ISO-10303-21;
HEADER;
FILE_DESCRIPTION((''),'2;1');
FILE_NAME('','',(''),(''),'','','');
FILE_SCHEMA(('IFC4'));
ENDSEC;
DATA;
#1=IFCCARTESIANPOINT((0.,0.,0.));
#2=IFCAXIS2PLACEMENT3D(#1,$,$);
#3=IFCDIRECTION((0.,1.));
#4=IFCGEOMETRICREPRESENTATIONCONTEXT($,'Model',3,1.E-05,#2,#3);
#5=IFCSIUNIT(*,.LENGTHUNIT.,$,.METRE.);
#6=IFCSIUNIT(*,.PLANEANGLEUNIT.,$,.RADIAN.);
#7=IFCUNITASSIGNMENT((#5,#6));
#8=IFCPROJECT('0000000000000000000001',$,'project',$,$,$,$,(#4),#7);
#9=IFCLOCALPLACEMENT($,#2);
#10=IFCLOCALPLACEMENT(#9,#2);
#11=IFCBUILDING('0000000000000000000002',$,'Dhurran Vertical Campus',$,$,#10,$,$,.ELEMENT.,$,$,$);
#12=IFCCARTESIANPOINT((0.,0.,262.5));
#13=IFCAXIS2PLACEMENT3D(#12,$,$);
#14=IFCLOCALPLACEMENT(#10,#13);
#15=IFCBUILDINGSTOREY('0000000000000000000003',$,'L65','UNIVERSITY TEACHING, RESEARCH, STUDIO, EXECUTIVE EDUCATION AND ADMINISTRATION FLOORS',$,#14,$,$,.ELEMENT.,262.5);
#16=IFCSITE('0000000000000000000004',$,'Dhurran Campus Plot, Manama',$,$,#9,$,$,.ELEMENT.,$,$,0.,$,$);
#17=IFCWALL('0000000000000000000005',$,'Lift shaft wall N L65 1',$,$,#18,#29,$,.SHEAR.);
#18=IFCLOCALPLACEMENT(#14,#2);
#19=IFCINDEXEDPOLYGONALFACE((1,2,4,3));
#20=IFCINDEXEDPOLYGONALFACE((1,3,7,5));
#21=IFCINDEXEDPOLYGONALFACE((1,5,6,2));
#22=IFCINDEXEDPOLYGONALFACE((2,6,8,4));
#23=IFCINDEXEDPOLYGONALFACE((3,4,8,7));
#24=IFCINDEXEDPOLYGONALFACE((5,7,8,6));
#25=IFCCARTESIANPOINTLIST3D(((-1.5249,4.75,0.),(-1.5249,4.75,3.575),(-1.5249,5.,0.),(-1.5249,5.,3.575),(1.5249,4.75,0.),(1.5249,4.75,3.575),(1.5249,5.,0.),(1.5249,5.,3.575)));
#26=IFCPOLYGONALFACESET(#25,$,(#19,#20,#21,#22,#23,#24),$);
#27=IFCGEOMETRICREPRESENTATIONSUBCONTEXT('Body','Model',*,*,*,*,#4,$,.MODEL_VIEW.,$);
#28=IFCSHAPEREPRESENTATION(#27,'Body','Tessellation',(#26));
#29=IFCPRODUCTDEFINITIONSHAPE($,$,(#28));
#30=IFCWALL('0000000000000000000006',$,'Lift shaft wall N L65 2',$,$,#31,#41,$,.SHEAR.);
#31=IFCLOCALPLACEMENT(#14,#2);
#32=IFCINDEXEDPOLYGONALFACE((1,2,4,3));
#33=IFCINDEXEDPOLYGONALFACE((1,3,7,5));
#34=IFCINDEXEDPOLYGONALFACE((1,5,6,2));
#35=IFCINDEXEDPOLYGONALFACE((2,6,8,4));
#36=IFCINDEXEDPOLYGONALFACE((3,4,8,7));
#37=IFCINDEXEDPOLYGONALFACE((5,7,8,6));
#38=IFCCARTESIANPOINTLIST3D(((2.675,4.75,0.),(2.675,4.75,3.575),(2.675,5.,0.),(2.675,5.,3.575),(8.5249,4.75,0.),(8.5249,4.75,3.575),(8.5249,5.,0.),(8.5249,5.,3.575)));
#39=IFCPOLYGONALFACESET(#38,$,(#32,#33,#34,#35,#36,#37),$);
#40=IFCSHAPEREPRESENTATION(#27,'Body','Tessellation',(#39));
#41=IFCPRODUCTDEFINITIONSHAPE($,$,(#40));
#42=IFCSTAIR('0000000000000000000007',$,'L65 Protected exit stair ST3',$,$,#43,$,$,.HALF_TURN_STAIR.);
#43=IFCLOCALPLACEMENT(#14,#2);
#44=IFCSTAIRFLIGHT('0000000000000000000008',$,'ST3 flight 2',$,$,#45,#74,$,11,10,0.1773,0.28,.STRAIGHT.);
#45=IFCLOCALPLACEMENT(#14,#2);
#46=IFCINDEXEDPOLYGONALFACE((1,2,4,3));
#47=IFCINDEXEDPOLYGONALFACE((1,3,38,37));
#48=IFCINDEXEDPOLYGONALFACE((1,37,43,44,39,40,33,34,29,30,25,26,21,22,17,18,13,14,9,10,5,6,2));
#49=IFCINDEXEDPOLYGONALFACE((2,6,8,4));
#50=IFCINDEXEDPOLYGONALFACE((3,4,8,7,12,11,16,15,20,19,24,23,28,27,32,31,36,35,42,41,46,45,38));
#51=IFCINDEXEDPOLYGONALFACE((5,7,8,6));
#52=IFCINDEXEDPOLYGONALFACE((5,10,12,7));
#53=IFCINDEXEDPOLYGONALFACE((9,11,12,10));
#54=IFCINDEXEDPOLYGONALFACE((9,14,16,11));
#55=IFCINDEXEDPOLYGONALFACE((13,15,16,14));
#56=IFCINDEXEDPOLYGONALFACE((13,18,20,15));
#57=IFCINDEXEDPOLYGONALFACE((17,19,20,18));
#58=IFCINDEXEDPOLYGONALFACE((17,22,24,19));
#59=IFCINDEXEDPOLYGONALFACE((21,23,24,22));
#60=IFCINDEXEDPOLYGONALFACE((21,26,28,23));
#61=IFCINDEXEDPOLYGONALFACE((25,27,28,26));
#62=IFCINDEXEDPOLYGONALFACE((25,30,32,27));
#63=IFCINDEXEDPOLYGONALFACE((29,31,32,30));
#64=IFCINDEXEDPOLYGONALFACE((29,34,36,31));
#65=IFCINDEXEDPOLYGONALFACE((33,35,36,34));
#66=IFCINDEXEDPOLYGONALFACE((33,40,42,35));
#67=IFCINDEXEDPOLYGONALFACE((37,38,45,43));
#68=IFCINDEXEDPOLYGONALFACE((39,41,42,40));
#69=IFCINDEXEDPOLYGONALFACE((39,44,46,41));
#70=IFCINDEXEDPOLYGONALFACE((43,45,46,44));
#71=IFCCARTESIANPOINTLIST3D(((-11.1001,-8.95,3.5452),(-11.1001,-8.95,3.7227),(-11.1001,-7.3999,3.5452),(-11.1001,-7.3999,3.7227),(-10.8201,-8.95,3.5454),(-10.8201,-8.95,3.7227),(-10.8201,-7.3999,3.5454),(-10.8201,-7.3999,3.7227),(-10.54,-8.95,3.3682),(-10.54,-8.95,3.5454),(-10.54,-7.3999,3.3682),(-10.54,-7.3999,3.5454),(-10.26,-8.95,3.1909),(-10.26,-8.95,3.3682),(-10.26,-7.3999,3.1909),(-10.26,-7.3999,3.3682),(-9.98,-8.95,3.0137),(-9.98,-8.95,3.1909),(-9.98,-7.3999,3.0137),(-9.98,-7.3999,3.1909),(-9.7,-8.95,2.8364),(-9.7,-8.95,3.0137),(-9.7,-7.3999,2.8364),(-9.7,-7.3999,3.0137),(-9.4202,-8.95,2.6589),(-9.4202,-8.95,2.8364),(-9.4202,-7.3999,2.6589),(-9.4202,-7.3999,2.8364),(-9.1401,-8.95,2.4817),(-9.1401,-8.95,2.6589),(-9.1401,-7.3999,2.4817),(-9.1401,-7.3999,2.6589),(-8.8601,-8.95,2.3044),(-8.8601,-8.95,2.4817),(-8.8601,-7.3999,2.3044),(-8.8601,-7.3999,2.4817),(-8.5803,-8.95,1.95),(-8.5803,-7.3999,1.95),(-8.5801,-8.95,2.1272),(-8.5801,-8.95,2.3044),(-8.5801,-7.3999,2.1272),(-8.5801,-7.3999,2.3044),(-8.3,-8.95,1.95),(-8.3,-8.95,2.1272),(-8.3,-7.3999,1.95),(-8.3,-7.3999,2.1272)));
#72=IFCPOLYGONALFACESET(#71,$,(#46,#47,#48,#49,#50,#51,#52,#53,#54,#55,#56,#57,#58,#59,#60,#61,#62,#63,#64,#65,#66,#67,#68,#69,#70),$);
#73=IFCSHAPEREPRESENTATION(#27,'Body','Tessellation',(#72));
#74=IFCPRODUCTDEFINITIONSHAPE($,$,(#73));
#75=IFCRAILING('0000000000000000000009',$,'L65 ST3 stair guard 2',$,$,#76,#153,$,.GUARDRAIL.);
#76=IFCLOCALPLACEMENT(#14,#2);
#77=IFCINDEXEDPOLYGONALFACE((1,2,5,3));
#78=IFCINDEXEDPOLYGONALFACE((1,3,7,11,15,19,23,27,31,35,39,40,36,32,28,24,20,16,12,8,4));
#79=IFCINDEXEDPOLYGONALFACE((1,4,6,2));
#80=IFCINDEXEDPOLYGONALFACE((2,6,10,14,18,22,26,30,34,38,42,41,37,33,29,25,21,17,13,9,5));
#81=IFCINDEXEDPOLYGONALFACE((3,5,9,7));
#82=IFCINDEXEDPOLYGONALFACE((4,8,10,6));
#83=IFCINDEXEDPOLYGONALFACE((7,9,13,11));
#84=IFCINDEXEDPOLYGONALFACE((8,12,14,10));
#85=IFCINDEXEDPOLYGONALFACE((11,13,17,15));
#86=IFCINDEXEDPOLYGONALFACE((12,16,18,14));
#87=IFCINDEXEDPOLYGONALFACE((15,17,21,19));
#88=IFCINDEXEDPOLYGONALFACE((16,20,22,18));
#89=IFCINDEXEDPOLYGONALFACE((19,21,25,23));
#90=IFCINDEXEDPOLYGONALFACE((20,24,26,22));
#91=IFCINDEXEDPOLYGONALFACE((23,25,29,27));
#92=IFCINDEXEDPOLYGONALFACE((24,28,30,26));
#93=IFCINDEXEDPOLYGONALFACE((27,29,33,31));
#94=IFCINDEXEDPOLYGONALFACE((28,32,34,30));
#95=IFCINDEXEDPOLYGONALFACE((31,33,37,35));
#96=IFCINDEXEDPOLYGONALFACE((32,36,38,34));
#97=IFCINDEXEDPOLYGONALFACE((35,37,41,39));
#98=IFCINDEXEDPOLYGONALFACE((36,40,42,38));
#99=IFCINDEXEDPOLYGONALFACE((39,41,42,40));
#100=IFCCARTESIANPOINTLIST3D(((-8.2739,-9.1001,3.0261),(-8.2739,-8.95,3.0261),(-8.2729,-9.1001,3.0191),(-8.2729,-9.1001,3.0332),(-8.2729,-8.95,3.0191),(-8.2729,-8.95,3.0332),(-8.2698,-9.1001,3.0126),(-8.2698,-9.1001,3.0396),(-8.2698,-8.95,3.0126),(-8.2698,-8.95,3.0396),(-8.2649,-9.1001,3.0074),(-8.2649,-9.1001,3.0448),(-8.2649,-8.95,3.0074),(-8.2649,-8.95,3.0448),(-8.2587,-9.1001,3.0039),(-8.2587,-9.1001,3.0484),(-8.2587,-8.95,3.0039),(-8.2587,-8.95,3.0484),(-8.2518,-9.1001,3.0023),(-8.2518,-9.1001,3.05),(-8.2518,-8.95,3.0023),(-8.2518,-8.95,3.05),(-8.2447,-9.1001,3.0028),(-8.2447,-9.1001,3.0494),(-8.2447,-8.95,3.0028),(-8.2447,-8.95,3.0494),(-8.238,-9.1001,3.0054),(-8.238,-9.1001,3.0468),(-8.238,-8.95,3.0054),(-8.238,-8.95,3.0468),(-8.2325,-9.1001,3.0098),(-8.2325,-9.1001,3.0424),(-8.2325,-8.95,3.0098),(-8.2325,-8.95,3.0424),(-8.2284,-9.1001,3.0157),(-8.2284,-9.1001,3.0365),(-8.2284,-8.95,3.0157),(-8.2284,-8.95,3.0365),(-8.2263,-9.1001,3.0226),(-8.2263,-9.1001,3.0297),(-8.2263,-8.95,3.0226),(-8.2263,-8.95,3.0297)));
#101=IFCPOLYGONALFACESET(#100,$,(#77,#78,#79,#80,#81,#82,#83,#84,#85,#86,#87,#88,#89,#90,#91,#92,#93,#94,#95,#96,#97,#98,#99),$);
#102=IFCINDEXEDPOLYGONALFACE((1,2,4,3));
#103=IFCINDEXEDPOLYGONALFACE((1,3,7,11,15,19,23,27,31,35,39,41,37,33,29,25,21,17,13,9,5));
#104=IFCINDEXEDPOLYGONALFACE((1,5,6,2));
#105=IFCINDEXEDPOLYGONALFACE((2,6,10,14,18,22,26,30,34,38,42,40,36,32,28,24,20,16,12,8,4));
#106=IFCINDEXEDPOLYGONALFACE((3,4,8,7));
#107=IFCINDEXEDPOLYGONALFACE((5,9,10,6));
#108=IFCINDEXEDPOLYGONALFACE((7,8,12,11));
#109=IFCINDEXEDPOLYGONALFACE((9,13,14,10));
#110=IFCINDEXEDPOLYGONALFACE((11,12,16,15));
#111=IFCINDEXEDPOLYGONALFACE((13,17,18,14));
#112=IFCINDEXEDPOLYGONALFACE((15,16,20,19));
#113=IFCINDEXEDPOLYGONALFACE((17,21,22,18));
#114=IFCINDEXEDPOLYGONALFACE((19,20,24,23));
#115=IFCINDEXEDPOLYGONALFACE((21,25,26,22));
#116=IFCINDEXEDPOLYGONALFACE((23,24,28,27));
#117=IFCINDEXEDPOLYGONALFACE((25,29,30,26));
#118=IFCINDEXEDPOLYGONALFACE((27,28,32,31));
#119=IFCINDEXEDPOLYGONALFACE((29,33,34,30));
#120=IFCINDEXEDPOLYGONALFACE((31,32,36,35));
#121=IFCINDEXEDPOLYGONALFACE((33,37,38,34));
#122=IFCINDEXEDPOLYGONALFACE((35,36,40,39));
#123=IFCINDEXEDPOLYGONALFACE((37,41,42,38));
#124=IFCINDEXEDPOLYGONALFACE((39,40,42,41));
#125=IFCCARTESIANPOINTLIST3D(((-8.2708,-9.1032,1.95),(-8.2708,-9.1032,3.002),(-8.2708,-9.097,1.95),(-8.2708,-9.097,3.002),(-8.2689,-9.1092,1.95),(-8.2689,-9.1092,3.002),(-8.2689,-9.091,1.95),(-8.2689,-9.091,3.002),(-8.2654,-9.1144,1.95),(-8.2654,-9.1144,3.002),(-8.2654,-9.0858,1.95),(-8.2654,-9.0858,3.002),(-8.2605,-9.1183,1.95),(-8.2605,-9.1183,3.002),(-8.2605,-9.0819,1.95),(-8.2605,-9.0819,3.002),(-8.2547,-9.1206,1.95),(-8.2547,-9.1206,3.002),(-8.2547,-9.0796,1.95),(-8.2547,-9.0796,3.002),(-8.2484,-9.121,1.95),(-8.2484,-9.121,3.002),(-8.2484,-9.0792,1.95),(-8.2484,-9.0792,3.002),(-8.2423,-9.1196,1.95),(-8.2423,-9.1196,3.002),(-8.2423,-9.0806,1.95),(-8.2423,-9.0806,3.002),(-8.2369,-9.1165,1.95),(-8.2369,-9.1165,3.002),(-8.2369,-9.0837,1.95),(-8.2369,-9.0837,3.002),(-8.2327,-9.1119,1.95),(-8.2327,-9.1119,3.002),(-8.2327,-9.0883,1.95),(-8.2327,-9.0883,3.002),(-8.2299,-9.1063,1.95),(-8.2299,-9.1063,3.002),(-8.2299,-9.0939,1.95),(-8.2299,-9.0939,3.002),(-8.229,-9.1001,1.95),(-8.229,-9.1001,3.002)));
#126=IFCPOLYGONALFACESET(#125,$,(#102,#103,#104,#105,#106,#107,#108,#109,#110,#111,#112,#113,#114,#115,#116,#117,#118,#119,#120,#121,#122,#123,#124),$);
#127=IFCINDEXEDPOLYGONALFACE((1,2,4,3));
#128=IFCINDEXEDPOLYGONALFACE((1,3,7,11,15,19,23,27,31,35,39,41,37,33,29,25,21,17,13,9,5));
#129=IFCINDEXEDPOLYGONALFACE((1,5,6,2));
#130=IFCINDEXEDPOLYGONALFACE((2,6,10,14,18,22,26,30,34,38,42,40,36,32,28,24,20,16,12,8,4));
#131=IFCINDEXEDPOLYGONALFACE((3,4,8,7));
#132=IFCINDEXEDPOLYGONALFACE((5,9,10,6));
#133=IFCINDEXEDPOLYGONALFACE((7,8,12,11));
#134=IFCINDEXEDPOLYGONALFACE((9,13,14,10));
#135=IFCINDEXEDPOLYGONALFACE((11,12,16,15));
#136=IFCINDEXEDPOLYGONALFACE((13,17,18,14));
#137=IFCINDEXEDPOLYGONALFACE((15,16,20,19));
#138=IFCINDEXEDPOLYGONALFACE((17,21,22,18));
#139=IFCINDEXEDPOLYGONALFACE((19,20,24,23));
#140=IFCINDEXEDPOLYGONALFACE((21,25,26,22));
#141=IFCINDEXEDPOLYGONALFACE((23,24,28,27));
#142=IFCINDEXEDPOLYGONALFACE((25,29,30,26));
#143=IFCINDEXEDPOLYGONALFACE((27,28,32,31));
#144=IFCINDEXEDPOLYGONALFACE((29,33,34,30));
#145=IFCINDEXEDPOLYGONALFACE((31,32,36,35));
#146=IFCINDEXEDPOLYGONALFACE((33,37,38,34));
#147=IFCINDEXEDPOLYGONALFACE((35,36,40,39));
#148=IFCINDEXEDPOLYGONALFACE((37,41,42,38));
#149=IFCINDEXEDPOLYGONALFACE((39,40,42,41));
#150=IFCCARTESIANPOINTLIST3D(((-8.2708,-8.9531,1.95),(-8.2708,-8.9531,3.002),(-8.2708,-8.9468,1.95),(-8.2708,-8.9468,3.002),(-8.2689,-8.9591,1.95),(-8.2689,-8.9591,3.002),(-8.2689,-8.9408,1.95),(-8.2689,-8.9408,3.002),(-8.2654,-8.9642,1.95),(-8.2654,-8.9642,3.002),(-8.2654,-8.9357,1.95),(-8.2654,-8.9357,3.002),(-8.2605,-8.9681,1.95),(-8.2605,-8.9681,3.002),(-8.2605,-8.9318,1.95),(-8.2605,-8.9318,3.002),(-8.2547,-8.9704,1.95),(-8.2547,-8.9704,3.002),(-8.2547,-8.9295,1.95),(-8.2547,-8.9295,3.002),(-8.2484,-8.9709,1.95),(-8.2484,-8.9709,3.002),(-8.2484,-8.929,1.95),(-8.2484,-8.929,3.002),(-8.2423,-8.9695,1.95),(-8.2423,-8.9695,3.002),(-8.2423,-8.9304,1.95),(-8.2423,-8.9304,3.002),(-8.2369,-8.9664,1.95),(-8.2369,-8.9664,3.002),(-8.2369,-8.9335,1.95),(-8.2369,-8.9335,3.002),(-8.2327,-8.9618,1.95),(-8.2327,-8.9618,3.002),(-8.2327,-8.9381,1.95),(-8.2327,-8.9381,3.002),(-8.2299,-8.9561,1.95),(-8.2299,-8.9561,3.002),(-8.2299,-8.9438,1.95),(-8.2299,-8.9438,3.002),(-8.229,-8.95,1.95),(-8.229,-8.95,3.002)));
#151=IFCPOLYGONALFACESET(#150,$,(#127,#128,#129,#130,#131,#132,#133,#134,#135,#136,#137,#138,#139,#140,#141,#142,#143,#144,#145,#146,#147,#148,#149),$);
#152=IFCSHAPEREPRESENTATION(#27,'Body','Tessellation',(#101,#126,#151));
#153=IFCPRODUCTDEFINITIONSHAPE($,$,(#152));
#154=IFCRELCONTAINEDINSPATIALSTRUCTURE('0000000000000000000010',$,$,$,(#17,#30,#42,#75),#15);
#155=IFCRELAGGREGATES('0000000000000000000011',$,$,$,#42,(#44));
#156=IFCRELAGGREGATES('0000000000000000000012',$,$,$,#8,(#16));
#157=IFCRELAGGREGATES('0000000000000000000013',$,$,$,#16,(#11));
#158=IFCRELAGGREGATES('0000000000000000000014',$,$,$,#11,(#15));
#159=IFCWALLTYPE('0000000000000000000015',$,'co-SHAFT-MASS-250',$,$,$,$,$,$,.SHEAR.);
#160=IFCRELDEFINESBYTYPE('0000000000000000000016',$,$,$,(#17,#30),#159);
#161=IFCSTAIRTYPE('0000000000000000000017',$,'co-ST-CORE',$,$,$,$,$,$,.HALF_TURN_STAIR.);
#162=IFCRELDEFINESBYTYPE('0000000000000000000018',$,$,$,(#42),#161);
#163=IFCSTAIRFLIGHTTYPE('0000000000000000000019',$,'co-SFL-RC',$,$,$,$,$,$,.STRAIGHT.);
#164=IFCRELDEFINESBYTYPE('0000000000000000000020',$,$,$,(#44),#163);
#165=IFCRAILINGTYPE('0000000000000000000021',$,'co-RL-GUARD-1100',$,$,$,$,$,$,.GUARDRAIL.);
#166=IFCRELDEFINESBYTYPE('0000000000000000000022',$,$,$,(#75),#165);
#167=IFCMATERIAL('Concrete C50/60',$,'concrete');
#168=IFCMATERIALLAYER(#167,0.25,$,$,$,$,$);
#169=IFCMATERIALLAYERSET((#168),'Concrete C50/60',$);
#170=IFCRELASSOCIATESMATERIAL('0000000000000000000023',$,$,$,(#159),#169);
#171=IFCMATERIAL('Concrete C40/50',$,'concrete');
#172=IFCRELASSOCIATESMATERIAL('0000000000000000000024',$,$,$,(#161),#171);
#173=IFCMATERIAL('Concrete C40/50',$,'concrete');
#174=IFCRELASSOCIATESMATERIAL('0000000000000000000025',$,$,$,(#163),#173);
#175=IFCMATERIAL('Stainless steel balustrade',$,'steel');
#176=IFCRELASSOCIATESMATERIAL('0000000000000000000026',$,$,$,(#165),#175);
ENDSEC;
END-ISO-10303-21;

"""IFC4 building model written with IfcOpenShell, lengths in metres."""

from ifc_helpers import new_model, si_unit, direction, frame, origin, origin_2d, place, context, subcontext, project, spatial, polyline, circle, outline, extrude, material, layer, layer_set, type_object, element, aggregate, save


model = new_model("IFC4")

# Units and contexts
model_context = context("Model", 3, precision=1e-05, world=origin(), true_north=direction((0.0, 1.0)))
body_context = subcontext(model_context, "Body", "Model", "MODEL_VIEW")
ifc_project = project(units=[si_unit("LENGTHUNIT", "METRE"), si_unit("PLANEANGLEUNIT", "RADIAN")], contexts=[model_context])

# Site, building, storey
site_placement = place(None, origin())
site = spatial("IfcSite", under=ifc_project, at=site_placement, Name="Dhurran Campus Plot, Manama", CompositionType="ELEMENT", RefElevation=0.0)
building_placement = place(site_placement, origin())
building = spatial("IfcBuilding", under=site, at=building_placement, Name="Dhurran Vertical Campus", CompositionType="ELEMENT")
storey_placement = place(building_placement, frame((0.0, 0.0, 262.5)))
storey = spatial("IfcBuildingStorey", under=building, at=storey_placement, Name="L65", Description="UNIVERSITY TEACHING, RESEARCH, STUDIO, EXECUTIVE EDUCATION AND ADMINISTRATION FLOORS", CompositionType="ELEMENT", Elevation=262.5)

# Walls
ifc_material_1 = material(Name="Concrete C50/60", Category="concrete")
ifc_layer_1 = layer(ifc_material_1, 0.25)
ifc_layer_set_1 = layer_set([ifc_layer_1], Name="Concrete C50/60")
wall_type_1 = type_object("IfcWallType", Name="co-SHAFT-MASS-250", PredefinedType="SHEAR", material=ifc_layer_set_1)
wall_1_placement = place(storey_placement, origin())
element("IfcWall", 1, at=wall_1_placement, inside=storey, type_object=wall_type_1, Name="Lift shaft wall N L65 1", PredefinedType="SHEAR", context=body_context, shape_type="SweptSolid", body=[
    extrude(outline(polyline([(-1.5249, 4.75), (1.5249, 4.75), (1.5249, 5.0), (-1.5249, 5.0), (-1.5249, 4.75)])), origin(), (0.0, 0.0, 1.0), 3.575),
])
wall_2_placement = place(storey_placement, origin())
element("IfcWall", 2, at=wall_2_placement, inside=storey, type_object=wall_type_1, Name="Lift shaft wall N L65 2", PredefinedType="SHEAR", context=body_context, shape_type="SweptSolid", body=[
    extrude(outline(polyline([(2.675, 4.75), (8.5249, 4.75), (8.5249, 5.0), (2.675, 5.0), (2.675, 4.75)])), origin(), (0.0, 0.0, 1.0), 3.575),
])

# Stair, stair flight
ifc_material_2 = material(Name="Concrete C40/50", Category="concrete")
stair_type = type_object("IfcStairType", Name="co-ST-CORE", PredefinedType="HALF_TURN_STAIR", material=ifc_material_2)
stair_placement = place(storey_placement, origin())
stair = element("IfcStair", 3, at=stair_placement, inside=storey, type_object=stair_type, Name="L65 Protected exit stair ST3", PredefinedType="HALF_TURN_STAIR")
ifc_material_3 = material(Name="Concrete C40/50", Category="concrete")
stair_flight_type = type_object("IfcStairFlightType", Name="co-SFL-RC", PredefinedType="STRAIGHT", material=ifc_material_3)
stair_flight_placement = place(storey_placement, frame((-8.3, -8.175, 1.95), z_axis=(0.0, 0.0, 1.0), x_axis=(-1.0, 0.0, 0.0)))
stair_flight = element("IfcStairFlight", 4, at=stair_flight_placement, type_object=stair_flight_type, Name="ST3 flight 2", NumberOfRisers=11, NumberOfTreads=10, PredefinedType="STRAIGHT", RiserHeight=0.1773, TreadLength=0.28, context=body_context, shape_type="SweptSolid", body=[
    extrude(outline(polyline([(0.0, 0.0), (0.0, 0.1772), (0.28, 0.1772), (0.28, 0.3545), (0.5601, 0.3545), (0.5601, 0.5317), (0.8401, 0.5317), (0.8401, 0.709), (1.1201, 0.709), (1.1201, 0.8865), (1.3999, 0.8865), (1.3999, 1.0637), (1.6799, 1.0637), (1.6799, 1.241), (1.96, 1.241), (1.96, 1.4182), (2.24, 1.4182), (2.24, 1.5955), (2.52, 1.5955), (2.52, 1.7727), (2.8, 1.7727), (2.8, 1.95), (2.8, 1.5952), (0.2803, 0.0), (0.0, 0.0)])), frame((0.0, 0.7749, 0.0), z_axis=(0.0, -1.0, 0.0), x_axis=(1.0, 0.0, 0.0)), (0.0, 0.0, 1.0), 1.55),
])
aggregate(stair, [stair_flight])

# Railing
ifc_material_4 = material(Name="Stainless steel balustrade", Category="steel")
railing_type_1 = type_object("IfcRailingType", Name="co-RL-GUARD-1100", PredefinedType="GUARDRAIL", material=ifc_material_4)
railing_1_placement = place(storey_placement, frame((-8.25, -9.1001, 1.95)))
element("IfcRailing", 5, at=railing_1_placement, inside=storey, type_object=railing_type_1, Name="L65 ST3 stair guard 2", PredefinedType="GUARDRAIL", context=body_context, shape_type="SweptSolid", body=[
    extrude(circle(Radius=0.0239, at=origin_2d()), frame((0.0, 0.0, 1.0762), z_axis=(0.0, 1.0, 0.0), x_axis=(-1.0, 0.0, 0.0)), (0.0, 0.0, 1.0), 0.1501),
    extrude(circle(Radius=0.021, at=origin_2d()), origin(), (0.0, 0.0, 1.0), 1.052),
    extrude(circle(Radius=0.021, at=origin_2d()), frame((0.0, 0.1501, 0.0)), (0.0, 0.0, 1.0), 1.052),
])

save(model, "model.ifc")
